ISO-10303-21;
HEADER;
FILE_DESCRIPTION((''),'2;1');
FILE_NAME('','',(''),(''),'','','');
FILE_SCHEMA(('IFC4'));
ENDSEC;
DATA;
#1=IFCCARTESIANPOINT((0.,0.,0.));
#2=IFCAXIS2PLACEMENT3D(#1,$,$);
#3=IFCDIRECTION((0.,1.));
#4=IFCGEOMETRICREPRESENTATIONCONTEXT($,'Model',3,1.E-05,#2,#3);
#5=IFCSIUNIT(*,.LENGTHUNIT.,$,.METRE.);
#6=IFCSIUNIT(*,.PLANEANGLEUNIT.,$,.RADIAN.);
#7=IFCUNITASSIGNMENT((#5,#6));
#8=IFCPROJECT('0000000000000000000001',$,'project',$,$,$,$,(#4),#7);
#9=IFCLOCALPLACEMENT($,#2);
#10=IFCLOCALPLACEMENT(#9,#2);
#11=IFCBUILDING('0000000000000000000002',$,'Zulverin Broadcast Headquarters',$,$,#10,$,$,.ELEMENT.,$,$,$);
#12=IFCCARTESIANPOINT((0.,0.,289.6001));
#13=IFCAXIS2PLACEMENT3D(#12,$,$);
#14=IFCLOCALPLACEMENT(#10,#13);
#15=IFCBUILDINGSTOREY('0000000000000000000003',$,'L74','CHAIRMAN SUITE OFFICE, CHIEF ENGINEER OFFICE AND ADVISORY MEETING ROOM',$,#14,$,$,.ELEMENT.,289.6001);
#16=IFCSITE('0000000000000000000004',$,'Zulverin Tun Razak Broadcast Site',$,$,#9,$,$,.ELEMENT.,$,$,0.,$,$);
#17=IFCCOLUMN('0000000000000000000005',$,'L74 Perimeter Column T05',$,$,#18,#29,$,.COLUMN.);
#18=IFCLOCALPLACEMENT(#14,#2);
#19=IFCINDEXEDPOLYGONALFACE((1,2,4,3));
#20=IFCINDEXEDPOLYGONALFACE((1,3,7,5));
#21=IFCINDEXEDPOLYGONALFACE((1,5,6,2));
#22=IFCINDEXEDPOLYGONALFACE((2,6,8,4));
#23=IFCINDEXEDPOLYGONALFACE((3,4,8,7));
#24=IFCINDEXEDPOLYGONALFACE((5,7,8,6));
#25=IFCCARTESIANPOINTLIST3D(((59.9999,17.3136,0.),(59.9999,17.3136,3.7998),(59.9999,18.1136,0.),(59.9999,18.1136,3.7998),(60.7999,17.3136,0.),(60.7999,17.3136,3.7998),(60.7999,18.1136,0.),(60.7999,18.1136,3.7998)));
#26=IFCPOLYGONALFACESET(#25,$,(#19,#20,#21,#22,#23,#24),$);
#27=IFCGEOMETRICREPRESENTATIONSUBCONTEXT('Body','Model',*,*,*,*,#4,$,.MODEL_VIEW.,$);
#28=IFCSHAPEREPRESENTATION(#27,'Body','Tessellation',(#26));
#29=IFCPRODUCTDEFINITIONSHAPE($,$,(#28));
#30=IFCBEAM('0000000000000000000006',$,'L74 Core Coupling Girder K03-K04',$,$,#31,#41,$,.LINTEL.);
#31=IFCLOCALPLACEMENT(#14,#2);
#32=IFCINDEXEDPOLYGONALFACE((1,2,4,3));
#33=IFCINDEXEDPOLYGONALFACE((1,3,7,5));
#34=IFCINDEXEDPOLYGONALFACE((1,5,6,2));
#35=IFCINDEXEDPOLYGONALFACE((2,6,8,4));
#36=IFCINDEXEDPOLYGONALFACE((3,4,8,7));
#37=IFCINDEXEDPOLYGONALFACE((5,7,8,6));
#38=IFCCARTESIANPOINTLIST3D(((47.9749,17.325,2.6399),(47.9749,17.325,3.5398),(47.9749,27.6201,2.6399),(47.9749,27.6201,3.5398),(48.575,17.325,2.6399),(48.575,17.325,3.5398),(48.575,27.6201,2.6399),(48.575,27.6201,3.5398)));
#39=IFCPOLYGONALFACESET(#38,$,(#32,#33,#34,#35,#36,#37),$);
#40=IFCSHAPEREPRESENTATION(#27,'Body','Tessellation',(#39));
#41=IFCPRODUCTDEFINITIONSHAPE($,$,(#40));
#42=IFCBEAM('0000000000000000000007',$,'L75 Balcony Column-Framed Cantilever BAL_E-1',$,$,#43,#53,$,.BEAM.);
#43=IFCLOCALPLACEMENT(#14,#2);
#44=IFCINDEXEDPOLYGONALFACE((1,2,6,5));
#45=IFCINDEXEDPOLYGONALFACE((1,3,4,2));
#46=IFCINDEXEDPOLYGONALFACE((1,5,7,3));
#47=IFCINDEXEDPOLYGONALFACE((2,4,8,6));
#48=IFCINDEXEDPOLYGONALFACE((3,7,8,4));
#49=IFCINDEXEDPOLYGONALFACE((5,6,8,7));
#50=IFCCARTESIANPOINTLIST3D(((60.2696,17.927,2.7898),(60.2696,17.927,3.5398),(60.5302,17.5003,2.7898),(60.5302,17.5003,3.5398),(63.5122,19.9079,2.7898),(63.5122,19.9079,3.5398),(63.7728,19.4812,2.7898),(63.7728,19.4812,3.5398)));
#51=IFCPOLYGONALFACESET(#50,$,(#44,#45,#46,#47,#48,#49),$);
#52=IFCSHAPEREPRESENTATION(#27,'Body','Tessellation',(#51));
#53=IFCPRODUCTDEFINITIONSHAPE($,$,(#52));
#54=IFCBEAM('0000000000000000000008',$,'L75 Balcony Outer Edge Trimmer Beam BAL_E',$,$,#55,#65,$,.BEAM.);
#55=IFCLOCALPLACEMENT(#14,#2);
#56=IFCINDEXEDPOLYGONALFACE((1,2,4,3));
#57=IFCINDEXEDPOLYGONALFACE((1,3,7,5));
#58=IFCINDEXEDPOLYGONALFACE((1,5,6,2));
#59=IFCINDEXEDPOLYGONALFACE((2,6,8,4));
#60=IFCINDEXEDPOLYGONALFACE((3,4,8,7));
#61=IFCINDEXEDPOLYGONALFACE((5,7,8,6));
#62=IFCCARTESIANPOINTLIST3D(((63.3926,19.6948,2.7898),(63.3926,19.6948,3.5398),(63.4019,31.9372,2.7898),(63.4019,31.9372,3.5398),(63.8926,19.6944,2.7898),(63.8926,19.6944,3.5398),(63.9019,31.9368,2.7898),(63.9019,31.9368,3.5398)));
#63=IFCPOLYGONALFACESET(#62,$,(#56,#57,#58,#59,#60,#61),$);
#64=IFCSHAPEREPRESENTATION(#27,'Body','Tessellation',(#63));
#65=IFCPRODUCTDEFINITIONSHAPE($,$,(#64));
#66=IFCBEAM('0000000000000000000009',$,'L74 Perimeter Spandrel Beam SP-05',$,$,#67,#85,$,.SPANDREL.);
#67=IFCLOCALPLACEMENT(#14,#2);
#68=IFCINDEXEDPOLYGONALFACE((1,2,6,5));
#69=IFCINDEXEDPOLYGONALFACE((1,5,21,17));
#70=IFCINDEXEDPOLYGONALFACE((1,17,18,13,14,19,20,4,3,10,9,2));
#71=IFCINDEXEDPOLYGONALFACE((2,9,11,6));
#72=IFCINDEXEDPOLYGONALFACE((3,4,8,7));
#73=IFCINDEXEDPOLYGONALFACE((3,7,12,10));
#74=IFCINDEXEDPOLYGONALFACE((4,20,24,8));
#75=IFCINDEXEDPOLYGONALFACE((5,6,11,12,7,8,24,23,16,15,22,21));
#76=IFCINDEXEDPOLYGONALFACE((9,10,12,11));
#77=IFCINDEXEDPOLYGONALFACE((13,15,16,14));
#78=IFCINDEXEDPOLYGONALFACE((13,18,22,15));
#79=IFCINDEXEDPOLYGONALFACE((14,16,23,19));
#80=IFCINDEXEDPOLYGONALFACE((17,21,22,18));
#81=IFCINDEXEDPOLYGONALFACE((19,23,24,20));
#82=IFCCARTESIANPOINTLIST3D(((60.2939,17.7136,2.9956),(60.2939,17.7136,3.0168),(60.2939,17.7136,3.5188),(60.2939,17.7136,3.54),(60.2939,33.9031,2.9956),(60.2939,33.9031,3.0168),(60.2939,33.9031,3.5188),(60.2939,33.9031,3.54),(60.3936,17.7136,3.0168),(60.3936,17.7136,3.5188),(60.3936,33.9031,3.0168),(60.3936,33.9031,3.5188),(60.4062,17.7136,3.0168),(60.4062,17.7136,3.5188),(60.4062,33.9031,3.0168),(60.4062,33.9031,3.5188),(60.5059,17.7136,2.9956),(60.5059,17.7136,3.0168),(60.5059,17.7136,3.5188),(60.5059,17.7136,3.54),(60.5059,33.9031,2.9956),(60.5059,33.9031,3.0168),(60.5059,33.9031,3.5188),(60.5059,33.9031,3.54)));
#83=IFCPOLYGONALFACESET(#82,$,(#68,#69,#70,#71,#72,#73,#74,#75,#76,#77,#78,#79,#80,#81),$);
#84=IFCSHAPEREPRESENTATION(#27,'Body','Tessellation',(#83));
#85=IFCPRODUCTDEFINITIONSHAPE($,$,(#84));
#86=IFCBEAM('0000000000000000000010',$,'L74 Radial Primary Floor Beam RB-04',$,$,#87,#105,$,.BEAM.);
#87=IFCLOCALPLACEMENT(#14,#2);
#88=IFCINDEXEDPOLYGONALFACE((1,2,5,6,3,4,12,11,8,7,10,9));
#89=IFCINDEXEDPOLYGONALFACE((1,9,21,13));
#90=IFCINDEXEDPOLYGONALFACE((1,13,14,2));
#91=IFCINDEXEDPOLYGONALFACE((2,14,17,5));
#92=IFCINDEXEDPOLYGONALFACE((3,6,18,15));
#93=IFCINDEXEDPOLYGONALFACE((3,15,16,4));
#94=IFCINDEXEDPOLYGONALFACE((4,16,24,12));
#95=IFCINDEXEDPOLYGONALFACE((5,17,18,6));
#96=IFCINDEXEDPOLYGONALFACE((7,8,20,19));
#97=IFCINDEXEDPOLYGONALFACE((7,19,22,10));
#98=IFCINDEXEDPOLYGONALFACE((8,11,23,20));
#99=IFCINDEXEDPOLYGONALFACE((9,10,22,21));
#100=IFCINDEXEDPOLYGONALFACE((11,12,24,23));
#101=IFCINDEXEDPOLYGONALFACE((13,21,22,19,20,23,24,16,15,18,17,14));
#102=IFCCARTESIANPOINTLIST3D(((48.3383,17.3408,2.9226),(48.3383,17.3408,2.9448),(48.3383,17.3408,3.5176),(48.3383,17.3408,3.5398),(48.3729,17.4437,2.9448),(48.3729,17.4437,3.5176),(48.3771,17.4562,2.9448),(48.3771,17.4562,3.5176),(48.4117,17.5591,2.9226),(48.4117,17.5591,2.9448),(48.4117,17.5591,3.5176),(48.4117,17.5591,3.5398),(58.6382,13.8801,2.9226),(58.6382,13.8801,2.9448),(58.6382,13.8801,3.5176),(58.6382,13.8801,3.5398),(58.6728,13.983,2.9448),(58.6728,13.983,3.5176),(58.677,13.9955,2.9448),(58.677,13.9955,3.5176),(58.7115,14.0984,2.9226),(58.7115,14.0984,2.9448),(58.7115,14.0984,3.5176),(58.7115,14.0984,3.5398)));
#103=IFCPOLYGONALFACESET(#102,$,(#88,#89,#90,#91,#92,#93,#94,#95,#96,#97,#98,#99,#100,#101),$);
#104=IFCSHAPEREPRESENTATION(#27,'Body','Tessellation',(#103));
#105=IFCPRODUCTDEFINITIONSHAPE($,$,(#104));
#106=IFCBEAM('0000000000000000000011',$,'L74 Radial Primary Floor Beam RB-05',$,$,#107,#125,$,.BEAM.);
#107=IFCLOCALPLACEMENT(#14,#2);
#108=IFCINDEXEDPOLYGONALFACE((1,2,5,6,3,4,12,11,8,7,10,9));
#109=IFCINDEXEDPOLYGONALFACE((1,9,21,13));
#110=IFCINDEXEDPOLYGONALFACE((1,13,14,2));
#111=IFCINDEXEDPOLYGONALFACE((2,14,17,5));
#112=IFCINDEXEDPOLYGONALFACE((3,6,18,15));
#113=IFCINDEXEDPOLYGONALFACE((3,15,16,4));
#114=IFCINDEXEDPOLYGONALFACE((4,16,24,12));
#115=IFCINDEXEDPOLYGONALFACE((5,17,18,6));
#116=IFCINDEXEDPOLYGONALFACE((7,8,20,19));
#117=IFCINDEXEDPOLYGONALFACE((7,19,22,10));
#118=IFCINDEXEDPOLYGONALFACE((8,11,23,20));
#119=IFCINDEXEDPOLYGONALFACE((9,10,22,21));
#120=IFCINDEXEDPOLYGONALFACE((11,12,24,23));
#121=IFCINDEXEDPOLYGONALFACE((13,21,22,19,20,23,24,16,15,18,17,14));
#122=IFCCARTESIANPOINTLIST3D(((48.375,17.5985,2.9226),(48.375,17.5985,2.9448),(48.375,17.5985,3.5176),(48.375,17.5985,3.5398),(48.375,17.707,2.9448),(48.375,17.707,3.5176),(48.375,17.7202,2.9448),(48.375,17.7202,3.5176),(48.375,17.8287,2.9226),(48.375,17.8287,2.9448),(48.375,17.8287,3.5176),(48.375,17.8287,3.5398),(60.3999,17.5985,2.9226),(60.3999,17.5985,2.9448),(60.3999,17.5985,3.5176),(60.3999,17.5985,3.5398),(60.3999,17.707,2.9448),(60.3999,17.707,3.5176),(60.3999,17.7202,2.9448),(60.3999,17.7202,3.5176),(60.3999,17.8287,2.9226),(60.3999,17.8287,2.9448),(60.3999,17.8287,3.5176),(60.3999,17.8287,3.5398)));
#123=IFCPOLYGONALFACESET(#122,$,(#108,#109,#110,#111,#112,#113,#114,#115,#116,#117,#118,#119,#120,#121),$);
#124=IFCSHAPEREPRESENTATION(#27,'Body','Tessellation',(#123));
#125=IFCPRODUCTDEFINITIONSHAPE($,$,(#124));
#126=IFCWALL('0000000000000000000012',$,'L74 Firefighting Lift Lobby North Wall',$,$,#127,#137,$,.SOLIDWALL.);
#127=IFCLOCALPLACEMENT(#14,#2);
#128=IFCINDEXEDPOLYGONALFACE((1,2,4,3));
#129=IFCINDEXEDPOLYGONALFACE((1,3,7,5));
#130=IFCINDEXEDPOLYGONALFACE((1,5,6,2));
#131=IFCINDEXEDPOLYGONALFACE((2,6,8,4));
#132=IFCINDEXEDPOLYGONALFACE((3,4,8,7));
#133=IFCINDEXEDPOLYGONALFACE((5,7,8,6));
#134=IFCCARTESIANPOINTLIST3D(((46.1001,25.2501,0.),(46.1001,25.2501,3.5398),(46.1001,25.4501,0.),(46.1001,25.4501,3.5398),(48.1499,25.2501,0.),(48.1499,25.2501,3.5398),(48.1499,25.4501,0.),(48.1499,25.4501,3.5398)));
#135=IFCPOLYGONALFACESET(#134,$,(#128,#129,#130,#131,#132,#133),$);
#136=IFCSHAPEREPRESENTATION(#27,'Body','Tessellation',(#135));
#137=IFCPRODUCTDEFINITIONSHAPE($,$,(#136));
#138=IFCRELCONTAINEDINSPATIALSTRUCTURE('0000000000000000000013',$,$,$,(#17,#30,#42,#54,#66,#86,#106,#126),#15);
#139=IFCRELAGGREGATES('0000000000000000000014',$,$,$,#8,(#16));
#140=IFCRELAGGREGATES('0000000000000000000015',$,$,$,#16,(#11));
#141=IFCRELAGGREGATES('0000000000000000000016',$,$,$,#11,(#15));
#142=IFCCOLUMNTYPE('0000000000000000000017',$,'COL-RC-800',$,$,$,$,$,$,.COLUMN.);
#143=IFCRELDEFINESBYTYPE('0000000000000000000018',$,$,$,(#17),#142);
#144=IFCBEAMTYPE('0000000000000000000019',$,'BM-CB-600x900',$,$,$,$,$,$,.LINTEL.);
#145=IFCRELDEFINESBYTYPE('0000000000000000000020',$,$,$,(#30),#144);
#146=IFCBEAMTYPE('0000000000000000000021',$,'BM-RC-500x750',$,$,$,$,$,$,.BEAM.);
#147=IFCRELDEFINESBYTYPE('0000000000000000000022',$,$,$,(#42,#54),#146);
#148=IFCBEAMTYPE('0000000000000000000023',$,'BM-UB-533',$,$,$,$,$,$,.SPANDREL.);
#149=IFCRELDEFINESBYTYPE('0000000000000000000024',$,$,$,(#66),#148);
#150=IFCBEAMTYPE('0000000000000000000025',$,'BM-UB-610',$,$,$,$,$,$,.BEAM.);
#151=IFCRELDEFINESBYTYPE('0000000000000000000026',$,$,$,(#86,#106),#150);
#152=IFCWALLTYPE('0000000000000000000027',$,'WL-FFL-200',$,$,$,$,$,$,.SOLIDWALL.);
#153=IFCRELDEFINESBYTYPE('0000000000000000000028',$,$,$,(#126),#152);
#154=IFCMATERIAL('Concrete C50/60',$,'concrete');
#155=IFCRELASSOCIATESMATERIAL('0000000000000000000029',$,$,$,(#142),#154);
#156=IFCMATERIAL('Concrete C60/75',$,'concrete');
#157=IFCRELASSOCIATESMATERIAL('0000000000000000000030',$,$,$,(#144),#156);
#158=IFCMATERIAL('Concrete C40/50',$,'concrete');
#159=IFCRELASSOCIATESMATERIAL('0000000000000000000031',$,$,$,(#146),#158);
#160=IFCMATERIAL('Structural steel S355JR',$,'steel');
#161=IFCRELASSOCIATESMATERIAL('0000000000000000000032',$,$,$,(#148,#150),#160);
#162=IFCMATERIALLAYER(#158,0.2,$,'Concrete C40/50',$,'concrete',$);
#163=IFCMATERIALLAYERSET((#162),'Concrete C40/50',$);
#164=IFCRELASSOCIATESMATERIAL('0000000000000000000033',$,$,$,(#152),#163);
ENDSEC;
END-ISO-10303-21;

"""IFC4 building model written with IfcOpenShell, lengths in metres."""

from ifc_helpers import new_model, si_unit, direction, frame, frame_2d, origin, origin_2d, place, context, subcontext, project, spatial, rectangle, i_section, extrude, material, layer, layer_set, material_profile, profile_set, type_object, element, save


model = new_model("IFC4")

# Units and contexts
model_context = context("Model", 3, precision=1e-05, world=origin(), true_north=direction((0.0, 1.0)))
body_context = subcontext(model_context, "Body", "Model", "MODEL_VIEW")
ifc_project = project(units=[si_unit("LENGTHUNIT", "METRE"), si_unit("PLANEANGLEUNIT", "RADIAN")], contexts=[model_context])

# Site, building, storey
site_placement = place(None, origin())
site = spatial("IfcSite", under=ifc_project, at=site_placement, Name="Zulverin Tun Razak Broadcast Site", CompositionType="ELEMENT", RefElevation=0.0)
building_placement = place(site_placement, origin())
building = spatial("IfcBuilding", under=site, at=building_placement, Name="Zulverin Broadcast Headquarters", CompositionType="ELEMENT")
storey_placement = place(building_placement, frame((0.0, 0.0, 289.6001)))
storey = spatial("IfcBuildingStorey", under=building, at=storey_placement, Name="L74", Description="CHAIRMAN SUITE OFFICE, CHIEF ENGINEER OFFICE AND ADVISORY MEETING ROOM", CompositionType="ELEMENT", Elevation=289.6001)

# Column
ifc_material_1 = material(Name="Concrete C50/60", Category="concrete")
ifc_material_profile_1 = material_profile(ifc_material_1, rectangle(XDim=0.8, YDim=0.8, at=origin_2d()), Name="Concrete C50/60", Category="concrete")
ifc_profile_set_1 = profile_set([ifc_material_profile_1], Name="Concrete C50/60")
column_type = type_object("IfcColumnType", Name="COL-RC-800", PredefinedType="COLUMN", material=ifc_profile_set_1)
column_placement = place(storey_placement, frame((60.3999, 17.7136, 0.0), z_axis=(0.0, 0.0, 1.0), x_axis=(1.0, 0.0, 0.0)))
element("IfcColumn", 1, at=column_placement, inside=storey, type_object=column_type, Name="L74 Perimeter Column T05", PredefinedType="COLUMN", context=body_context, shape_type="SweptSolid", body=[
    extrude(rectangle(XDim=0.8, YDim=0.8, at=origin_2d()), origin(), (0.0, 0.0, 1.0), 3.7998),
])

# Beams
ifc_material_2 = material(Name="Concrete C60/75", Category="concrete")
ifc_material_profile_2 = material_profile(ifc_material_2, rectangle(XDim=0.6001, YDim=0.8999, at=origin_2d()), Name="Concrete C60/75", Category="concrete")
ifc_profile_set_2 = profile_set([ifc_material_profile_2], Name="Concrete C60/75")
beam_type_1 = type_object("IfcBeamType", Name="BM-CB-600x900", PredefinedType="LINTEL", material=ifc_profile_set_2)
beam_1_placement = place(storey_placement, frame((48.2749, 17.325, 3.0898), z_axis=(0.0, 1.0, 0.0), x_axis=(-1.0, 0.0, 0.0)))
element("IfcBeam", 2, at=beam_1_placement, inside=storey, type_object=beam_type_1, Name="L74 Core Coupling Girder K03-K04", PredefinedType="LINTEL", context=body_context, shape_type="SweptSolid", body=[
    extrude(rectangle(XDim=0.6001, YDim=0.8999, at=origin_2d()), origin(), (0.0, 0.0, 1.0), 10.2952),
])
ifc_material_3 = material(Name="Concrete C40/50", Category="concrete")
ifc_material_profile_3 = material_profile(ifc_material_3, rectangle(XDim=0.5, YDim=0.75, at=origin_2d()), Name="Concrete C40/50", Category="concrete")
ifc_profile_set_3 = profile_set([ifc_material_profile_3], Name="Concrete C40/50")
beam_type_2 = type_object("IfcBeamType", Name="BM-RC-500x750", PredefinedType="BEAM", material=ifc_profile_set_3)
beam_2_placement = place(storey_placement, frame((60.3999, 17.7136, 3.1648), z_axis=(0.853361, 0.52132, 0.0), x_axis=(-0.52132, 0.853361, 0.0)))
element("IfcBeam", 3, at=beam_2_placement, inside=storey, type_object=beam_type_2, Name="L75 Balcony Column-Framed Cantilever BAL_E-1", PredefinedType="BEAM", context=body_context, shape_type="SweptSolid", body=[
    extrude(rectangle(XDim=0.5, YDim=0.75, at=origin_2d()), origin(), (0.0, 0.0, 1.0), 3.7998),
])
beam_3_placement = place(storey_placement, frame((63.6426, 19.6946, 3.1648), z_axis=(0.000758, 1.0, 0.0), x_axis=(-1.0, 0.000758, 0.0)))
element("IfcBeam", 4, at=beam_3_placement, inside=storey, type_object=beam_type_2, Name="L75 Balcony Outer Edge Trimmer Beam BAL_E", PredefinedType="BEAM", context=body_context, shape_type="SweptSolid", body=[
    extrude(rectangle(XDim=0.5, YDim=0.75, at=origin_2d()), origin(), (0.0, 0.0, 1.0), 12.2424),
])
ifc_material_4 = material(Name="Structural steel S355JR", Category="steel")
ifc_material_profile_4 = material_profile(ifc_material_4, i_section(OverallWidth=0.2119, OverallDepth=0.5444, WebThickness=0.0127, FlangeThickness=0.0212, at=origin_2d()), Name="Structural steel S355JR", Category="steel")
ifc_profile_set_4 = profile_set([ifc_material_profile_4], Name="Structural steel S355JR")
beam_type_3 = type_object("IfcBeamType", Name="BM-UB-533", PredefinedType="SPANDREL", material=ifc_profile_set_4)
beam_4_placement = place(storey_placement, frame((60.3999, 17.7136, 3.2678), z_axis=(0.0, 1.0, 0.0), x_axis=(-1.0, 0.0, 0.0)))
element("IfcBeam", 5, at=beam_4_placement, inside=storey, type_object=beam_type_3, Name="L74 Perimeter Spandrel Beam SP-05", PredefinedType="SPANDREL", context=body_context, shape_type="SweptSolid", body=[
    extrude(i_section(OverallWidth=0.2119, OverallDepth=0.5444, WebThickness=0.0127, FlangeThickness=0.0212, at=origin_2d()), origin(), (0.0, 0.0, 1.0), 16.1895),
])
ifc_material_profile_5 = material_profile(ifc_material_4, i_section(OverallWidth=0.2302, OverallDepth=0.6172, WebThickness=0.0132, FlangeThickness=0.0222, at=origin_2d()), Name="Structural steel S355JR", Category="steel")
ifc_profile_set_5 = profile_set([ifc_material_profile_5], Name="Structural steel S355JR")
beam_type_4 = type_object("IfcBeamType", Name="BM-UB-610", PredefinedType="BEAM", material=ifc_profile_set_5)
beam_5_placement = place(storey_placement, frame((48.375, 17.45, 3.2312), z_axis=(0.947923, -0.318498, 0.0), x_axis=(0.318498, 0.947923, 0.0)))
element("IfcBeam", 6, at=beam_5_placement, inside=storey, type_object=beam_type_4, Name="L74 Radial Primary Floor Beam RB-04", PredefinedType="BEAM", context=body_context, shape_type="SweptSolid", body=[
    extrude(i_section(OverallWidth=0.2302, OverallDepth=0.6172, WebThickness=0.0132, FlangeThickness=0.0222, at=origin_2d()), origin(), (0.0, 0.0, 1.0), 10.8657),
])
beam_6_placement = place(storey_placement, frame((48.375, 17.7136, 3.2312), z_axis=(1.0, 0.0, 0.0), x_axis=(0.0, 1.0, 0.0)))
element("IfcBeam", 7, at=beam_6_placement, inside=storey, type_object=beam_type_4, Name="L74 Radial Primary Floor Beam RB-05", PredefinedType="BEAM", context=body_context, shape_type="SweptSolid", body=[
    extrude(i_section(OverallWidth=0.2302, OverallDepth=0.6172, WebThickness=0.0132, FlangeThickness=0.0222, at=origin_2d()), origin(), (0.0, 0.0, 1.0), 12.0249),
])

# Wall
ifc_layer_1 = layer(ifc_material_3, 0.2, Name="Concrete C40/50", Category="concrete")
ifc_layer_set_1 = layer_set([ifc_layer_1], Name="Concrete C40/50")
wall_type_1 = type_object("IfcWallType", Name="WL-FFL-200", PredefinedType="SOLIDWALL", material=ifc_layer_set_1)
wall_1_placement = place(storey_placement, frame((46.1001, 25.3501, 0.0), z_axis=(0.0, 0.0, 1.0), x_axis=(1.0, 0.0, 0.0)))
element("IfcWall", 8, at=wall_1_placement, inside=storey, type_object=wall_type_1, Name="L74 Firefighting Lift Lobby North Wall", PredefinedType="SOLIDWALL", context=body_context, shape_type="SweptSolid", body=[
    extrude(rectangle(XDim=2.0498, YDim=0.2, at=frame_2d((1.0249, 0.0))), origin(), (0.0, 0.0, 1.0), 3.5398),
])

save(model, "model.ifc")
